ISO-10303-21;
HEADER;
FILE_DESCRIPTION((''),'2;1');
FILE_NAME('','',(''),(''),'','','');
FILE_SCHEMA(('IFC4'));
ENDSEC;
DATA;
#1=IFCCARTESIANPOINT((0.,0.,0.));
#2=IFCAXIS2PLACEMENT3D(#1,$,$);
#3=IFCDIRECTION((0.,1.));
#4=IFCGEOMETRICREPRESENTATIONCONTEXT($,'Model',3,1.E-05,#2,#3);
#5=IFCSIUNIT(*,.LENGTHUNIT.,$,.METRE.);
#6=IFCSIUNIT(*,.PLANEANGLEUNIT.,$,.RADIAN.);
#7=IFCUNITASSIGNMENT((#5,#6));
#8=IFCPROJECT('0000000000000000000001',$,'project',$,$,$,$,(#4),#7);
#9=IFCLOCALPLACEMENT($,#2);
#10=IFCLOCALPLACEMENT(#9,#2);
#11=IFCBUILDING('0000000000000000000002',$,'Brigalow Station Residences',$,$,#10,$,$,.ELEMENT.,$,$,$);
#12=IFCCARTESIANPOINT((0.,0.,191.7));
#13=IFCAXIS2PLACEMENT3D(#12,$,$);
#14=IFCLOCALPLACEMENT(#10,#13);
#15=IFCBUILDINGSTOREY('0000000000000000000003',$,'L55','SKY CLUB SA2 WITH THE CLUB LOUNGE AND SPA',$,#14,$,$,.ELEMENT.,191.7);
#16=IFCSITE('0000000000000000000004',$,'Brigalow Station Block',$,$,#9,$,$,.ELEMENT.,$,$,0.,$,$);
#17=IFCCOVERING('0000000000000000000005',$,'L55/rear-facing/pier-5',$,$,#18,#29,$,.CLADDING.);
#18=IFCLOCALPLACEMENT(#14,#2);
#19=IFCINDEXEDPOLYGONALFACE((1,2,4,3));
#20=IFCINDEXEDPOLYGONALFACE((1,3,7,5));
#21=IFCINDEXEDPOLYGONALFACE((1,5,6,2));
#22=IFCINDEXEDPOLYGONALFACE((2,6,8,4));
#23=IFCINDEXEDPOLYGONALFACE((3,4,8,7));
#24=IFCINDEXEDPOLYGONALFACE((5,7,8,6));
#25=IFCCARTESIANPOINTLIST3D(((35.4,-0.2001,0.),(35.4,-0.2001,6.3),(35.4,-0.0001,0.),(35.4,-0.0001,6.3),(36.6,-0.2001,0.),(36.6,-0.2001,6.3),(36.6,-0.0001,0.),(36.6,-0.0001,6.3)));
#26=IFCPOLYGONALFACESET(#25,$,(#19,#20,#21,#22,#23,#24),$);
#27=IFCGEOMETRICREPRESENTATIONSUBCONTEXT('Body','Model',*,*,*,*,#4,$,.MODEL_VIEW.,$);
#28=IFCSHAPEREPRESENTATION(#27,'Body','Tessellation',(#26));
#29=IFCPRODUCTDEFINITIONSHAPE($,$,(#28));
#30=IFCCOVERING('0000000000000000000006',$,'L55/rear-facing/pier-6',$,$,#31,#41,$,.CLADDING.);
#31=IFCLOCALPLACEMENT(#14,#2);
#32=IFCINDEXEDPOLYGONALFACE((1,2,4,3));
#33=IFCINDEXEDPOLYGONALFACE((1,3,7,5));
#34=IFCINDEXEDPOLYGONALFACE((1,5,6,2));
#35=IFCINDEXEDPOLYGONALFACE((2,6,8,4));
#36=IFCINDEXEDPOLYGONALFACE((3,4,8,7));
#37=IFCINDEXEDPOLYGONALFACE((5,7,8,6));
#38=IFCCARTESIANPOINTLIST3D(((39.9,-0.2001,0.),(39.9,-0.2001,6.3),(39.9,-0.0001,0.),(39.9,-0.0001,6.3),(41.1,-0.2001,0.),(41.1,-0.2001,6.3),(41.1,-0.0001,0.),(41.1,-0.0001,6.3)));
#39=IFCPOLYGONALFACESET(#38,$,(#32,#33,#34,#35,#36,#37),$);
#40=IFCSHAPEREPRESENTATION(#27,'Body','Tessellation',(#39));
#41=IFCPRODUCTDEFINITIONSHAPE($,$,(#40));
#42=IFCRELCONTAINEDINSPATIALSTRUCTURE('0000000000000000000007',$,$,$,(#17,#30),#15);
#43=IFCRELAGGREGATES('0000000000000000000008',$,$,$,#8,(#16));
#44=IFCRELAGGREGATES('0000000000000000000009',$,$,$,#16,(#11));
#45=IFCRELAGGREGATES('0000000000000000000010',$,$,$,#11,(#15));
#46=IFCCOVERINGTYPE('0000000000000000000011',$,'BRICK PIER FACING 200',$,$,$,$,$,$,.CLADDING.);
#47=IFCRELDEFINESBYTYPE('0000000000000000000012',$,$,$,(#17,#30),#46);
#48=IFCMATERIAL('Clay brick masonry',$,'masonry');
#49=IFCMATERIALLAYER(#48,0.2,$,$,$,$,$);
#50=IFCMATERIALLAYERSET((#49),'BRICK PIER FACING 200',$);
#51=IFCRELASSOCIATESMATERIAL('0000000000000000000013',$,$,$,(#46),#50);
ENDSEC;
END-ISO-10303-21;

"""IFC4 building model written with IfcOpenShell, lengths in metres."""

from ifc_helpers import new_model, si_unit, direction, frame, origin, origin_2d, place, context, subcontext, project, spatial, rectangle, extrude, material, layer, layer_set, type_object, element, save


model = new_model("IFC4")

# Units and contexts
model_context = context("Model", 3, precision=1e-05, world=origin(), true_north=direction((0.0, 1.0)))
body_context = subcontext(model_context, "Body", "Model", "MODEL_VIEW")
ifc_project = project(units=[si_unit("LENGTHUNIT", "METRE"), si_unit("PLANEANGLEUNIT", "RADIAN")], contexts=[model_context])

# Site, building, storey
site_placement = place(None, origin())
site = spatial("IfcSite", under=ifc_project, at=site_placement, Name="Brigalow Station Block", CompositionType="ELEMENT", RefElevation=0.0)
building_placement = place(site_placement, origin())
building = spatial("IfcBuilding", under=site, at=building_placement, Name="Brigalow Station Residences", CompositionType="ELEMENT")
storey_placement = place(building_placement, frame((0.0, 0.0, 191.7)))
storey = spatial("IfcBuildingStorey", under=building, at=storey_placement, Name="L55", Description="SKY CLUB SA2 WITH THE CLUB LOUNGE AND SPA", CompositionType="ELEMENT", Elevation=191.7)

# Coverings
ifc_material_1 = material(Name="Clay brick masonry", Category="masonry")
ifc_layer_1 = layer(ifc_material_1, 0.2)
ifc_layer_set_1 = layer_set([ifc_layer_1], Name="BRICK PIER FACING 200")
covering_type_1 = type_object("IfcCoveringType", Name="BRICK PIER FACING 200", PredefinedType="CLADDING", material=ifc_layer_set_1)
for number, where, z_axis, x_axis, name in (
    (1, (36.0, -0.1001, 0.0), (0.0, 0.0, 1.0), (1.0, 0.0, 0.0), "L55/rear-facing/pier-5"),
    (2, (40.5, -0.1001, 0.0), (0.0, 0.0, 1.0), (1.0, 0.0, 0.0), "L55/rear-facing/pier-6"),
):
    element("IfcCovering", number, at=place(storey_placement, frame(where, z_axis=z_axis, x_axis=x_axis)), inside=storey, type_object=covering_type_1, Name=name, PredefinedType="CLADDING", context=body_context, shape_type="SweptSolid", body=[
        extrude(rectangle(XDim=1.2, YDim=0.2, at=origin_2d()), origin(), (0.0, 0.0, 1.0), 6.3),
    ])

save(model, "model.ifc")
